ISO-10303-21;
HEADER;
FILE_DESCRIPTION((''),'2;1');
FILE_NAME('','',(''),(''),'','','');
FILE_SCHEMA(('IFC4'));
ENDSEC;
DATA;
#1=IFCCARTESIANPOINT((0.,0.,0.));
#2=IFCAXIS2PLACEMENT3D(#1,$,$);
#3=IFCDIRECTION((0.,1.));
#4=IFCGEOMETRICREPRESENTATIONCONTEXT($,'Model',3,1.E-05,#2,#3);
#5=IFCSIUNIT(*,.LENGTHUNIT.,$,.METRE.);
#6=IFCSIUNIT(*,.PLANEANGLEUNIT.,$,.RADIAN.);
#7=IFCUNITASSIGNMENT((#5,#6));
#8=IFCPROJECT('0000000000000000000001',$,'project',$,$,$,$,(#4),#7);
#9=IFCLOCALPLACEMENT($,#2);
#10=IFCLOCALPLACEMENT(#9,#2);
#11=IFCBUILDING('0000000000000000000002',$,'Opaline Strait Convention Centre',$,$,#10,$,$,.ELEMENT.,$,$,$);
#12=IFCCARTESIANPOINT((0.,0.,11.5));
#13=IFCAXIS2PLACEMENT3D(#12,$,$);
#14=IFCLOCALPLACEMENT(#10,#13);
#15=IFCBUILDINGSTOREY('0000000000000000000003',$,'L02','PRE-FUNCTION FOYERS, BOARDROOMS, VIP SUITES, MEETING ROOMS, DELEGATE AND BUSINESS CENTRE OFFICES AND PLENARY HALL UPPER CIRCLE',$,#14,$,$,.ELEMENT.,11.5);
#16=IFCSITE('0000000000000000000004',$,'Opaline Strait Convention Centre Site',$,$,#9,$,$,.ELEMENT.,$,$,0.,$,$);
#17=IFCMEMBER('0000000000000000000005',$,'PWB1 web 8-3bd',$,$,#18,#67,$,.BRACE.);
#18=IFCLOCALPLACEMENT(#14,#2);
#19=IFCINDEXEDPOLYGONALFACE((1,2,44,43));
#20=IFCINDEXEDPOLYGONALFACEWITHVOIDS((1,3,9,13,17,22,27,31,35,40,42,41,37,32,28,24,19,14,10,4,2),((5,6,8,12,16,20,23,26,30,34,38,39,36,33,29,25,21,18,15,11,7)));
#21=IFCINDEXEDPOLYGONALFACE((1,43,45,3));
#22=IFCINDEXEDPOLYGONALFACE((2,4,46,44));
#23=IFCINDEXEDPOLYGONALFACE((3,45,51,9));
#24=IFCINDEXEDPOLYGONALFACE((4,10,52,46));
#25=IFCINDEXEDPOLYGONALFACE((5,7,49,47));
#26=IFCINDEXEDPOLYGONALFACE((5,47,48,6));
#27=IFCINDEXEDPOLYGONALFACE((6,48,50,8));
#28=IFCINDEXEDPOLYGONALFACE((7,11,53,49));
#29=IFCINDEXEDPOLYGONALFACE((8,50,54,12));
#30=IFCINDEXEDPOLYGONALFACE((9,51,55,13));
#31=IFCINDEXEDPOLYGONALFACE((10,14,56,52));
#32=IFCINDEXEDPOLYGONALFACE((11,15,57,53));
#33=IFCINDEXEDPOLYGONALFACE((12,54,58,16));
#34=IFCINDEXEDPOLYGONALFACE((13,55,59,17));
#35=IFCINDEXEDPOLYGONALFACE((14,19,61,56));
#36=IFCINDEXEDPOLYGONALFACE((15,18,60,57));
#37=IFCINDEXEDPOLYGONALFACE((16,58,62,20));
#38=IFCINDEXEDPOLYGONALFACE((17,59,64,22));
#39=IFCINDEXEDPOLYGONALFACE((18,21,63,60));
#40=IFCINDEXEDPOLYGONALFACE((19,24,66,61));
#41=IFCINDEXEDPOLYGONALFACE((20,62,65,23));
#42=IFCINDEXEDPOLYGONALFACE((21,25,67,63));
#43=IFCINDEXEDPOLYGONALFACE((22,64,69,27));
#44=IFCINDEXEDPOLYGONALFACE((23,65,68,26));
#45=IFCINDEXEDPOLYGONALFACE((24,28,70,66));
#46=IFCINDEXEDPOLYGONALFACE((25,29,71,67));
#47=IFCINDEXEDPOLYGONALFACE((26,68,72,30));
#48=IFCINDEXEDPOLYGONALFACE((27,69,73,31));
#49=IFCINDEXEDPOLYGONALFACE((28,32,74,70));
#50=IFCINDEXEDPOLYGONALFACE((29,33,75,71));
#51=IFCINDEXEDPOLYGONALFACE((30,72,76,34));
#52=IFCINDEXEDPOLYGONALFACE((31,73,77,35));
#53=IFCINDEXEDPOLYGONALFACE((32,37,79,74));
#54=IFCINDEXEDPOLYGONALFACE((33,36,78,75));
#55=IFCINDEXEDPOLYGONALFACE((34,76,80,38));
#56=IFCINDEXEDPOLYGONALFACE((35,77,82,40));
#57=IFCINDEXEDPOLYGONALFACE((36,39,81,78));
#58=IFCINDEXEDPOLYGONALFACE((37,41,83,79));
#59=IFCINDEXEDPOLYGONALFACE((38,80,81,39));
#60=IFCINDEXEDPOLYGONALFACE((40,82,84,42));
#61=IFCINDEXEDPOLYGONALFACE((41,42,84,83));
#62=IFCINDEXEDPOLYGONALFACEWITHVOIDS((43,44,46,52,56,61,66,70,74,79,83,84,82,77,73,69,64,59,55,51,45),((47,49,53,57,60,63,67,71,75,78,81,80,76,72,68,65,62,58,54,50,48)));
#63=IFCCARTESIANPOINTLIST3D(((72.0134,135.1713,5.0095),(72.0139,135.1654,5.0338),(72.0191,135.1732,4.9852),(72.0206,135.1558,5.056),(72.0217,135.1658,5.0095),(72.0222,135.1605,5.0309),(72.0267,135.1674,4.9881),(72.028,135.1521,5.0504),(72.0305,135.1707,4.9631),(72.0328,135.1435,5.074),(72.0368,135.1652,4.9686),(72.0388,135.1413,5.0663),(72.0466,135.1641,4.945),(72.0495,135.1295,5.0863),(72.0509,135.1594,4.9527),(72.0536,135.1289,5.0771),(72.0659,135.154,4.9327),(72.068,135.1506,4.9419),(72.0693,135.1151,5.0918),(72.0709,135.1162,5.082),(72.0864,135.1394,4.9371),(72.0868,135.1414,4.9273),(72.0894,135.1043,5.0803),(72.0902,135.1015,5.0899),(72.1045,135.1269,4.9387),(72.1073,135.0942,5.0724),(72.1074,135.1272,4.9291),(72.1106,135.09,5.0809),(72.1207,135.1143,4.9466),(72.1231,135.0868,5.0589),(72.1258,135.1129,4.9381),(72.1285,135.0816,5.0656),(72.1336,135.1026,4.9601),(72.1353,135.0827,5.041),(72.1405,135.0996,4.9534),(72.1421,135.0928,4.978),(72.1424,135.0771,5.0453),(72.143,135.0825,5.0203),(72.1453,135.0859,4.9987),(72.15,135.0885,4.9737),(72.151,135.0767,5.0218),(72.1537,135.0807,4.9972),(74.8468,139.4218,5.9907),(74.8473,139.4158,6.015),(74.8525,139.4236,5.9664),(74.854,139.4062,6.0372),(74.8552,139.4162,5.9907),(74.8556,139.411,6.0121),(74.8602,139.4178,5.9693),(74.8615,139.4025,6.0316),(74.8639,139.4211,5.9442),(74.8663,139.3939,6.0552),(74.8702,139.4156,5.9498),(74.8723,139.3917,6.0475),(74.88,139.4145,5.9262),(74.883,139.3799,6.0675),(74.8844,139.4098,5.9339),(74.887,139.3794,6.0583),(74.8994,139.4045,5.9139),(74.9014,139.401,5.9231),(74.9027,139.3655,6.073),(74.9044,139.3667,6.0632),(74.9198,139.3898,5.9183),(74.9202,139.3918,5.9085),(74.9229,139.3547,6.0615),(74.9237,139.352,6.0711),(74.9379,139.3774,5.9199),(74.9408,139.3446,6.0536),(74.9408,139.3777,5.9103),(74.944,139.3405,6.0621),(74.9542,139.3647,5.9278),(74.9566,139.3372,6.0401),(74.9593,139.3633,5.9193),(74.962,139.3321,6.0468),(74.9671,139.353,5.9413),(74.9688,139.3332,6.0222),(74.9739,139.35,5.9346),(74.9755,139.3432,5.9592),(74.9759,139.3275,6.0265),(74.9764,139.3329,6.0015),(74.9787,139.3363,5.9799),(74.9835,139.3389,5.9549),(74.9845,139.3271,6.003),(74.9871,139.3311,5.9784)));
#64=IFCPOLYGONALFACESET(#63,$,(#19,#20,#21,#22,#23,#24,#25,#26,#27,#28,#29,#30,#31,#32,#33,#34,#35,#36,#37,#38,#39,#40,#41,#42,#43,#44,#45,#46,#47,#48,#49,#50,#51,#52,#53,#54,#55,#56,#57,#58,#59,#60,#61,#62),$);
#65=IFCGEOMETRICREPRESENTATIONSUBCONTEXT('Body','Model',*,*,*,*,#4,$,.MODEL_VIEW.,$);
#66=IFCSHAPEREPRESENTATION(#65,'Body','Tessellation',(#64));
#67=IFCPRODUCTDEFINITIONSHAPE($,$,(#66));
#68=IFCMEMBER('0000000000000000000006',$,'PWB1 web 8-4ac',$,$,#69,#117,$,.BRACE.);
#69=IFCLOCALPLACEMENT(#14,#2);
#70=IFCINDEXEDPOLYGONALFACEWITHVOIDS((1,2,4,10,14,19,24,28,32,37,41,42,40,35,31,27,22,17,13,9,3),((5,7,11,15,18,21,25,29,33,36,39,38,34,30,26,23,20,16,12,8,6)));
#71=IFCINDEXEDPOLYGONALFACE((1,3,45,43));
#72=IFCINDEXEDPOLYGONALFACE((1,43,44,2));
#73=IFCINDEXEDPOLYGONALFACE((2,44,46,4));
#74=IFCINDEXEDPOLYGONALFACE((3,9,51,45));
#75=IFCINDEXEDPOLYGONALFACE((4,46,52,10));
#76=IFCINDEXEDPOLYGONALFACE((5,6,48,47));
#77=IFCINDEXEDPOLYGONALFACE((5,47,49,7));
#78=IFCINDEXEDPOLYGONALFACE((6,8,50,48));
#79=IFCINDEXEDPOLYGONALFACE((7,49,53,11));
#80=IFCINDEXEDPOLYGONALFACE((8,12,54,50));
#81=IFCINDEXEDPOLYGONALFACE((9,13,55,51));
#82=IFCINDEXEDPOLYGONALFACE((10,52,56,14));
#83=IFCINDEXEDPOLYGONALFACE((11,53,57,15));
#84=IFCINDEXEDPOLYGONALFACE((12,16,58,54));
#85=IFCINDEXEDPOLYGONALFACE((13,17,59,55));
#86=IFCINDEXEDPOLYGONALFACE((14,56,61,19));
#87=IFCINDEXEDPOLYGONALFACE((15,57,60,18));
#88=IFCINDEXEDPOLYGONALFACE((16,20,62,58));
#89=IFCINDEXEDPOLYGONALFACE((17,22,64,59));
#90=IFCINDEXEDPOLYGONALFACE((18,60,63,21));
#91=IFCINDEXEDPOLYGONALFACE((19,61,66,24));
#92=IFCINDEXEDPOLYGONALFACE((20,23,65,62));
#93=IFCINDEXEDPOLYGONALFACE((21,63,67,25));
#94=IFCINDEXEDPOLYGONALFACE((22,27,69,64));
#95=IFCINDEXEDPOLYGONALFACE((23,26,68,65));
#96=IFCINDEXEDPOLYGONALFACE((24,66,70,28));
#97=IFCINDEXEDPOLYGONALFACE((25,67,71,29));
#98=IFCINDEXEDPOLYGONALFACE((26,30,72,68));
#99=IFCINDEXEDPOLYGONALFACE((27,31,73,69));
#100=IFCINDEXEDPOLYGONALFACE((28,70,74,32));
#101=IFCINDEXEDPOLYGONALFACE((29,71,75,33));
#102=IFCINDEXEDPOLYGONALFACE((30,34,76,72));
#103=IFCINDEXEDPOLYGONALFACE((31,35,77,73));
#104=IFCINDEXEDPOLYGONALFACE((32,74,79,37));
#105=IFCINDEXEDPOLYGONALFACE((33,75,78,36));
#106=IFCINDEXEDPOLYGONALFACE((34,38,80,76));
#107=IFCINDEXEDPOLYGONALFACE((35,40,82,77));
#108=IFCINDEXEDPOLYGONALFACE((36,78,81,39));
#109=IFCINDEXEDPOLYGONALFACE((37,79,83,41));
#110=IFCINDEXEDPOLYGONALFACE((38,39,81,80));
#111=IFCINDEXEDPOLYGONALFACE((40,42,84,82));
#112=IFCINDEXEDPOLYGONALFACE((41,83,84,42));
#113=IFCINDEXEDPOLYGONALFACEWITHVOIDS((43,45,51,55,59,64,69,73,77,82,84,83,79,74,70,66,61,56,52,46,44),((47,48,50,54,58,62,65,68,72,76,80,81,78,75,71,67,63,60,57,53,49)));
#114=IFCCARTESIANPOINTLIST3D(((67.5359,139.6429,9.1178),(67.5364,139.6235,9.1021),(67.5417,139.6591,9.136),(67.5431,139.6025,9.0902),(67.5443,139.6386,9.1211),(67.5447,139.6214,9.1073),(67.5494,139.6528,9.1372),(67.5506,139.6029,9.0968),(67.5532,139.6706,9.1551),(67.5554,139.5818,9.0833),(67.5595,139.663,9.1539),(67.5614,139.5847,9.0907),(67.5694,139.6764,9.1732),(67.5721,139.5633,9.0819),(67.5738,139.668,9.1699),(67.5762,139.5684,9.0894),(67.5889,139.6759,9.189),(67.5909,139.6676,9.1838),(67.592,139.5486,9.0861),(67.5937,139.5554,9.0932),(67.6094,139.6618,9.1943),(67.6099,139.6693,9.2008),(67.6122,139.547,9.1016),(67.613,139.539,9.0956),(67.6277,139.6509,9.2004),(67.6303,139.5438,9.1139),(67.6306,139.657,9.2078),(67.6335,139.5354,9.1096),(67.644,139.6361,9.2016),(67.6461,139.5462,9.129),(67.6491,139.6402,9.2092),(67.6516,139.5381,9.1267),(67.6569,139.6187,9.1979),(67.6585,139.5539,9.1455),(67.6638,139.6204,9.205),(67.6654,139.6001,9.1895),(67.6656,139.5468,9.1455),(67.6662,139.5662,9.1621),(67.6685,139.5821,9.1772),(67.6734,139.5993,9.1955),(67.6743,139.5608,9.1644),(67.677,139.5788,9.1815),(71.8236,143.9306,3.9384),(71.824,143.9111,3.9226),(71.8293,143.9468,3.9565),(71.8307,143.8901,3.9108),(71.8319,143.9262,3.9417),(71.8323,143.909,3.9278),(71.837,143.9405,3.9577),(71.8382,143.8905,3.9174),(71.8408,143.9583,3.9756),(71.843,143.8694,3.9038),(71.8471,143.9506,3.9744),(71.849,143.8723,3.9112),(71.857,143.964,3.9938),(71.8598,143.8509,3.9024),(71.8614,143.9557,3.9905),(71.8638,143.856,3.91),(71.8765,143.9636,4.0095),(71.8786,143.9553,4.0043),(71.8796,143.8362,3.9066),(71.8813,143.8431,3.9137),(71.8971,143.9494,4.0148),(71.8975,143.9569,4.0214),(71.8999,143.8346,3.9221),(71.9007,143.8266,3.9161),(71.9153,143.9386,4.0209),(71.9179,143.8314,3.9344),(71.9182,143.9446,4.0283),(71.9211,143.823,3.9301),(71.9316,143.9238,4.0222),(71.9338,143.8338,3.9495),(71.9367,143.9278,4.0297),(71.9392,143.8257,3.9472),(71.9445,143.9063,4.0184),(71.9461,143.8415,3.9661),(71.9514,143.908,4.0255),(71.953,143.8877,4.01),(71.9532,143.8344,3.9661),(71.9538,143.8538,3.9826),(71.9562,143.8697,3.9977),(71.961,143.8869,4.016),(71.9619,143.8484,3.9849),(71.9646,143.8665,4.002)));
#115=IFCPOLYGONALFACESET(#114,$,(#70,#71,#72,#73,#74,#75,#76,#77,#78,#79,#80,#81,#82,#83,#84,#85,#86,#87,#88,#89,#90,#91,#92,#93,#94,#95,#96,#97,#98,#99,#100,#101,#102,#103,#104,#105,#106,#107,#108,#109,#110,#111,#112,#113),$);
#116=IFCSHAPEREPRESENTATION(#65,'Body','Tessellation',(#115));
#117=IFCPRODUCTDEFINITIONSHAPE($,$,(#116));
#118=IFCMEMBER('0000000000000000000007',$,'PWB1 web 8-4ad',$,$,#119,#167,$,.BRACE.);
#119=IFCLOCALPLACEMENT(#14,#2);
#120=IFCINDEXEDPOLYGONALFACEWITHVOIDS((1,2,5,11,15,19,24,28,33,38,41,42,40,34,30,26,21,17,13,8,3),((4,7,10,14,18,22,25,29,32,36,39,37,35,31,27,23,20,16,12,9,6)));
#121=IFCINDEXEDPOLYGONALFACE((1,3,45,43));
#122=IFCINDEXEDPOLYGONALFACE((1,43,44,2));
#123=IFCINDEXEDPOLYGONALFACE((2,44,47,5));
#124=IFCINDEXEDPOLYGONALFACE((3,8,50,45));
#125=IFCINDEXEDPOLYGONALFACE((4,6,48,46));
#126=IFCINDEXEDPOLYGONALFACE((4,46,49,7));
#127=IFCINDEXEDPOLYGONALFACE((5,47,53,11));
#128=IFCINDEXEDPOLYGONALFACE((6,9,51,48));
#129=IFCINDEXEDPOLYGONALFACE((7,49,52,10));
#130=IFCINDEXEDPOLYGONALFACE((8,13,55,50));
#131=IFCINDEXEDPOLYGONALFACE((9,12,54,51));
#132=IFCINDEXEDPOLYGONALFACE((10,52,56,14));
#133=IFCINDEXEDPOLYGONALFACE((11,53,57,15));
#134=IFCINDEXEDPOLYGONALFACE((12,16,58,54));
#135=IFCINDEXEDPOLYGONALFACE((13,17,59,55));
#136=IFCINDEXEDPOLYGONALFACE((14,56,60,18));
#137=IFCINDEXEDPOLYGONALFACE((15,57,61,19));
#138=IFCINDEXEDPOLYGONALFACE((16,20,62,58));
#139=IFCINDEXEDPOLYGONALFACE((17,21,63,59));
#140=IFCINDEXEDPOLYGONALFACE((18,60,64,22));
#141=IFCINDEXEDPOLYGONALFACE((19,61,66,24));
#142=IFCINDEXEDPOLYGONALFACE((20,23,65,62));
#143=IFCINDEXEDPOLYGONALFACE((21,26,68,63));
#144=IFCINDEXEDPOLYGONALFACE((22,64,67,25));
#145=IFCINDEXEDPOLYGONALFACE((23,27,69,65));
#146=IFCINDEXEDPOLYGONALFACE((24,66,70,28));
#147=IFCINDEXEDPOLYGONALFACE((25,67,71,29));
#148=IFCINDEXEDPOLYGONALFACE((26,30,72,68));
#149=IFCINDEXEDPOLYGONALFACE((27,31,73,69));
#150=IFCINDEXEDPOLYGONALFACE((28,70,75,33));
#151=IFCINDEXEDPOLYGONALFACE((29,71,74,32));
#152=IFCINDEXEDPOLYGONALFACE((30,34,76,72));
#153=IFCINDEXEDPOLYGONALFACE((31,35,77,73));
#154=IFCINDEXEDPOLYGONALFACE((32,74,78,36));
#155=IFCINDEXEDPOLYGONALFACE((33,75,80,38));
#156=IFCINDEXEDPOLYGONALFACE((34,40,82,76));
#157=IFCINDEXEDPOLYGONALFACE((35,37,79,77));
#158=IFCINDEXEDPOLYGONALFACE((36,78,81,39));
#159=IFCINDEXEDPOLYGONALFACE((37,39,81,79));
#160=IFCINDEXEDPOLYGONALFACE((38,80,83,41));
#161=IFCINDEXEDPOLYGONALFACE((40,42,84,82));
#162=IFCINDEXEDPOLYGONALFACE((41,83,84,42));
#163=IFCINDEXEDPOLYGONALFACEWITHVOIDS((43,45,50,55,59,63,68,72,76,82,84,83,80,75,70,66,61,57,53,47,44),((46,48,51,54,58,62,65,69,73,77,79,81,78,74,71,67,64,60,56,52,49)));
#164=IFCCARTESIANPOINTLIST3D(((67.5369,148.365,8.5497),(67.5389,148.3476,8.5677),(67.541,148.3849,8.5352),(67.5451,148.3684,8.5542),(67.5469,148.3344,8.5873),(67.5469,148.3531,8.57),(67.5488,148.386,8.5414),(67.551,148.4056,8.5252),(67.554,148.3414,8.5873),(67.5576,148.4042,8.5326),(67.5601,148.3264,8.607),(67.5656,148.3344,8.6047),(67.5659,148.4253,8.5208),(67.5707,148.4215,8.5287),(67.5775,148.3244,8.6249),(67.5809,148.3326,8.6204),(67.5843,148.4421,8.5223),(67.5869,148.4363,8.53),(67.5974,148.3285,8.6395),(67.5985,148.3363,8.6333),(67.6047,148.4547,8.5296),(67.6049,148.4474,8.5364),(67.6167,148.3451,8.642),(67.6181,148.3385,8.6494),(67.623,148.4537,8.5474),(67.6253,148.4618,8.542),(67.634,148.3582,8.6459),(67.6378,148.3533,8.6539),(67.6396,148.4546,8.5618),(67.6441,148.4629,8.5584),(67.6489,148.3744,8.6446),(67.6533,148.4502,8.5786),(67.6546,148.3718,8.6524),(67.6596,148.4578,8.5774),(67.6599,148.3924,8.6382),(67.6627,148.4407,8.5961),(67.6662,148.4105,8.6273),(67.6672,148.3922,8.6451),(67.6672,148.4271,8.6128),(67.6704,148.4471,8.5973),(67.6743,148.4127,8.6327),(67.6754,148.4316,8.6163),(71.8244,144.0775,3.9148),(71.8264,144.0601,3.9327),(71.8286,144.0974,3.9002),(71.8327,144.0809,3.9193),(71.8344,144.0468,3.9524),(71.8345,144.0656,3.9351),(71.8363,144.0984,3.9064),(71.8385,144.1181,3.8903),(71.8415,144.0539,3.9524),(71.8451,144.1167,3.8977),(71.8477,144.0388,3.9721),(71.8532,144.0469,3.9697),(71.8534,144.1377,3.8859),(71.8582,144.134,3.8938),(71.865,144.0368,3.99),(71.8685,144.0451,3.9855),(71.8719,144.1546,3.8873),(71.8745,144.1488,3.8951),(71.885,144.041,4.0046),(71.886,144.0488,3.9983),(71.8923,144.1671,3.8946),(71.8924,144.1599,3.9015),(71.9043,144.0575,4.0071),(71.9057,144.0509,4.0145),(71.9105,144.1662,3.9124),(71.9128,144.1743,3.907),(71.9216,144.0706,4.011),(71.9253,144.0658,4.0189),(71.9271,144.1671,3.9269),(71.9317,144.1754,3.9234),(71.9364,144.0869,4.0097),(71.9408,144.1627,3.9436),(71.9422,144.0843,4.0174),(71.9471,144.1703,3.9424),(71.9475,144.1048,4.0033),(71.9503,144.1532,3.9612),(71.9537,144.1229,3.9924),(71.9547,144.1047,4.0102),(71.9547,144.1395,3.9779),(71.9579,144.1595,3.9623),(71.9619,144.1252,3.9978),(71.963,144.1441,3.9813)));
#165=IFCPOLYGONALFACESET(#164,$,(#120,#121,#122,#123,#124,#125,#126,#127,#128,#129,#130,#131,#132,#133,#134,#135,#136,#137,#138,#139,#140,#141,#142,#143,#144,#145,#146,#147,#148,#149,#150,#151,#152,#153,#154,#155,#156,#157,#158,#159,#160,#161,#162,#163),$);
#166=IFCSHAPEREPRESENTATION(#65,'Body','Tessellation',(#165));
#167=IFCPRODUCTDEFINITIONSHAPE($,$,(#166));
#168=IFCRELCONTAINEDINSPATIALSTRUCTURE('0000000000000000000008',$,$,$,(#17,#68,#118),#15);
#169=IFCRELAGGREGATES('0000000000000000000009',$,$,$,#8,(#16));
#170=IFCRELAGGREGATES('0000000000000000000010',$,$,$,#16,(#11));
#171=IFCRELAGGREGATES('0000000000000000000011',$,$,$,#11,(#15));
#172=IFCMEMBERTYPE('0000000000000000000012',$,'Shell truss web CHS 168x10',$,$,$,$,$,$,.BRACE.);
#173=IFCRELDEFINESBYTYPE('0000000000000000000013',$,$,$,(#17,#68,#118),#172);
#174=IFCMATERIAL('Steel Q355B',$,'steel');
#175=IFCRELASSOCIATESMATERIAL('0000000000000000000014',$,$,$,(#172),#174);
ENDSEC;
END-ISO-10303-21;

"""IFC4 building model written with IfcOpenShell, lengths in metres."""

from ifc_helpers import new_model, si_unit, direction, frame, origin, origin_2d, place, context, subcontext, project, spatial, hollow_circle, extrude, material, material_profile, profile_set, type_object, element, save


model = new_model("IFC4")

# Units and contexts
model_context = context("Model", 3, precision=1e-05, world=origin(), true_north=direction((0.0, 1.0)))
body_context = subcontext(model_context, "Body", "Model", "MODEL_VIEW")
ifc_project = project(units=[si_unit("LENGTHUNIT", "METRE"), si_unit("PLANEANGLEUNIT", "RADIAN")], contexts=[model_context])

# Site, building, storey
site_placement = place(None, origin())
site = spatial("IfcSite", under=ifc_project, at=site_placement, Name="Opaline Strait Convention Centre Site", CompositionType="ELEMENT", RefElevation=0.0)
building_placement = place(site_placement, origin())
building = spatial("IfcBuilding", under=site, at=building_placement, Name="Opaline Strait Convention Centre", CompositionType="ELEMENT")
storey_placement = place(building_placement, frame((0.0, 0.0, 11.5)))
storey = spatial("IfcBuildingStorey", under=building, at=storey_placement, Name="L02", Description="PRE-FUNCTION FOYERS, BOARDROOMS, VIP SUITES, MEETING ROOMS, DELEGATE AND BUSINESS CENTRE OFFICES AND PLENARY HALL UPPER CIRCLE", CompositionType="ELEMENT", Elevation=11.5)

# Members
ifc_material_1 = material(Name="Steel Q355B", Category="steel")
ifc_material_profile_1 = material_profile(ifc_material_1, hollow_circle(Radius=0.084, WallThickness=0.01, at=origin_2d()), Name="CHS 168x10")
ifc_profile_set_1 = profile_set([ifc_material_profile_1], Name="Steel Q355B")
member_type_1 = type_object("IfcMemberType", Name="Shell truss web CHS 168x10", PredefinedType="BRACE", material=ifc_profile_set_1)
member_1_placement = place(storey_placement, frame((72.0833, 135.1248, 5.0095), z_axis=(0.544721, 0.817128, 0.188629), x_axis=(-0.832065, 0.554678, 0.0)))
element("IfcMember", 1, at=member_1_placement, inside=storey, type_object=member_type_1, Name="PWB1 web 8-3bd", PredefinedType="BRACE", context=body_context, shape_type="SweptSolid", body=[
    extrude(hollow_circle(Radius=0.084, WallThickness=0.01, at=origin_2d()), origin(), (0.0, 0.0, 1.0), 5.2017),
])
member_2_placement = place(storey_placement, frame((71.8938, 143.8938, 3.9661), z_axis=(-0.537659, -0.537659, 0.649496), x_axis=(0.707107, -0.707107, 0.0)))
element("IfcMember", 2, at=member_2_placement, inside=storey, type_object=member_type_1, Name="PWB1 web 8-4ac", PredefinedType="BRACE", context=body_context, shape_type="SweptSolid", body=[
    extrude(hollow_circle(Radius=0.084, WallThickness=0.01, at=origin_2d()), origin(), (0.0, 0.0, 1.0), 7.9746),
])
member_3_placement = place(storey_placement, frame((71.8938, 144.1062, 3.9524), z_axis=(-0.561778, 0.561778, 0.607298), x_axis=(-0.707107, -0.707107, 0.0)))
element("IfcMember", 3, at=member_3_placement, inside=storey, type_object=member_type_1, Name="PWB1 web 8-4ad", PredefinedType="BRACE", context=body_context, shape_type="SweptSolid", body=[
    extrude(hollow_circle(Radius=0.084, WallThickness=0.01, at=origin_2d()), origin(), (0.0, 0.0, 1.0), 7.6321),
])

save(model, "model.ifc")
